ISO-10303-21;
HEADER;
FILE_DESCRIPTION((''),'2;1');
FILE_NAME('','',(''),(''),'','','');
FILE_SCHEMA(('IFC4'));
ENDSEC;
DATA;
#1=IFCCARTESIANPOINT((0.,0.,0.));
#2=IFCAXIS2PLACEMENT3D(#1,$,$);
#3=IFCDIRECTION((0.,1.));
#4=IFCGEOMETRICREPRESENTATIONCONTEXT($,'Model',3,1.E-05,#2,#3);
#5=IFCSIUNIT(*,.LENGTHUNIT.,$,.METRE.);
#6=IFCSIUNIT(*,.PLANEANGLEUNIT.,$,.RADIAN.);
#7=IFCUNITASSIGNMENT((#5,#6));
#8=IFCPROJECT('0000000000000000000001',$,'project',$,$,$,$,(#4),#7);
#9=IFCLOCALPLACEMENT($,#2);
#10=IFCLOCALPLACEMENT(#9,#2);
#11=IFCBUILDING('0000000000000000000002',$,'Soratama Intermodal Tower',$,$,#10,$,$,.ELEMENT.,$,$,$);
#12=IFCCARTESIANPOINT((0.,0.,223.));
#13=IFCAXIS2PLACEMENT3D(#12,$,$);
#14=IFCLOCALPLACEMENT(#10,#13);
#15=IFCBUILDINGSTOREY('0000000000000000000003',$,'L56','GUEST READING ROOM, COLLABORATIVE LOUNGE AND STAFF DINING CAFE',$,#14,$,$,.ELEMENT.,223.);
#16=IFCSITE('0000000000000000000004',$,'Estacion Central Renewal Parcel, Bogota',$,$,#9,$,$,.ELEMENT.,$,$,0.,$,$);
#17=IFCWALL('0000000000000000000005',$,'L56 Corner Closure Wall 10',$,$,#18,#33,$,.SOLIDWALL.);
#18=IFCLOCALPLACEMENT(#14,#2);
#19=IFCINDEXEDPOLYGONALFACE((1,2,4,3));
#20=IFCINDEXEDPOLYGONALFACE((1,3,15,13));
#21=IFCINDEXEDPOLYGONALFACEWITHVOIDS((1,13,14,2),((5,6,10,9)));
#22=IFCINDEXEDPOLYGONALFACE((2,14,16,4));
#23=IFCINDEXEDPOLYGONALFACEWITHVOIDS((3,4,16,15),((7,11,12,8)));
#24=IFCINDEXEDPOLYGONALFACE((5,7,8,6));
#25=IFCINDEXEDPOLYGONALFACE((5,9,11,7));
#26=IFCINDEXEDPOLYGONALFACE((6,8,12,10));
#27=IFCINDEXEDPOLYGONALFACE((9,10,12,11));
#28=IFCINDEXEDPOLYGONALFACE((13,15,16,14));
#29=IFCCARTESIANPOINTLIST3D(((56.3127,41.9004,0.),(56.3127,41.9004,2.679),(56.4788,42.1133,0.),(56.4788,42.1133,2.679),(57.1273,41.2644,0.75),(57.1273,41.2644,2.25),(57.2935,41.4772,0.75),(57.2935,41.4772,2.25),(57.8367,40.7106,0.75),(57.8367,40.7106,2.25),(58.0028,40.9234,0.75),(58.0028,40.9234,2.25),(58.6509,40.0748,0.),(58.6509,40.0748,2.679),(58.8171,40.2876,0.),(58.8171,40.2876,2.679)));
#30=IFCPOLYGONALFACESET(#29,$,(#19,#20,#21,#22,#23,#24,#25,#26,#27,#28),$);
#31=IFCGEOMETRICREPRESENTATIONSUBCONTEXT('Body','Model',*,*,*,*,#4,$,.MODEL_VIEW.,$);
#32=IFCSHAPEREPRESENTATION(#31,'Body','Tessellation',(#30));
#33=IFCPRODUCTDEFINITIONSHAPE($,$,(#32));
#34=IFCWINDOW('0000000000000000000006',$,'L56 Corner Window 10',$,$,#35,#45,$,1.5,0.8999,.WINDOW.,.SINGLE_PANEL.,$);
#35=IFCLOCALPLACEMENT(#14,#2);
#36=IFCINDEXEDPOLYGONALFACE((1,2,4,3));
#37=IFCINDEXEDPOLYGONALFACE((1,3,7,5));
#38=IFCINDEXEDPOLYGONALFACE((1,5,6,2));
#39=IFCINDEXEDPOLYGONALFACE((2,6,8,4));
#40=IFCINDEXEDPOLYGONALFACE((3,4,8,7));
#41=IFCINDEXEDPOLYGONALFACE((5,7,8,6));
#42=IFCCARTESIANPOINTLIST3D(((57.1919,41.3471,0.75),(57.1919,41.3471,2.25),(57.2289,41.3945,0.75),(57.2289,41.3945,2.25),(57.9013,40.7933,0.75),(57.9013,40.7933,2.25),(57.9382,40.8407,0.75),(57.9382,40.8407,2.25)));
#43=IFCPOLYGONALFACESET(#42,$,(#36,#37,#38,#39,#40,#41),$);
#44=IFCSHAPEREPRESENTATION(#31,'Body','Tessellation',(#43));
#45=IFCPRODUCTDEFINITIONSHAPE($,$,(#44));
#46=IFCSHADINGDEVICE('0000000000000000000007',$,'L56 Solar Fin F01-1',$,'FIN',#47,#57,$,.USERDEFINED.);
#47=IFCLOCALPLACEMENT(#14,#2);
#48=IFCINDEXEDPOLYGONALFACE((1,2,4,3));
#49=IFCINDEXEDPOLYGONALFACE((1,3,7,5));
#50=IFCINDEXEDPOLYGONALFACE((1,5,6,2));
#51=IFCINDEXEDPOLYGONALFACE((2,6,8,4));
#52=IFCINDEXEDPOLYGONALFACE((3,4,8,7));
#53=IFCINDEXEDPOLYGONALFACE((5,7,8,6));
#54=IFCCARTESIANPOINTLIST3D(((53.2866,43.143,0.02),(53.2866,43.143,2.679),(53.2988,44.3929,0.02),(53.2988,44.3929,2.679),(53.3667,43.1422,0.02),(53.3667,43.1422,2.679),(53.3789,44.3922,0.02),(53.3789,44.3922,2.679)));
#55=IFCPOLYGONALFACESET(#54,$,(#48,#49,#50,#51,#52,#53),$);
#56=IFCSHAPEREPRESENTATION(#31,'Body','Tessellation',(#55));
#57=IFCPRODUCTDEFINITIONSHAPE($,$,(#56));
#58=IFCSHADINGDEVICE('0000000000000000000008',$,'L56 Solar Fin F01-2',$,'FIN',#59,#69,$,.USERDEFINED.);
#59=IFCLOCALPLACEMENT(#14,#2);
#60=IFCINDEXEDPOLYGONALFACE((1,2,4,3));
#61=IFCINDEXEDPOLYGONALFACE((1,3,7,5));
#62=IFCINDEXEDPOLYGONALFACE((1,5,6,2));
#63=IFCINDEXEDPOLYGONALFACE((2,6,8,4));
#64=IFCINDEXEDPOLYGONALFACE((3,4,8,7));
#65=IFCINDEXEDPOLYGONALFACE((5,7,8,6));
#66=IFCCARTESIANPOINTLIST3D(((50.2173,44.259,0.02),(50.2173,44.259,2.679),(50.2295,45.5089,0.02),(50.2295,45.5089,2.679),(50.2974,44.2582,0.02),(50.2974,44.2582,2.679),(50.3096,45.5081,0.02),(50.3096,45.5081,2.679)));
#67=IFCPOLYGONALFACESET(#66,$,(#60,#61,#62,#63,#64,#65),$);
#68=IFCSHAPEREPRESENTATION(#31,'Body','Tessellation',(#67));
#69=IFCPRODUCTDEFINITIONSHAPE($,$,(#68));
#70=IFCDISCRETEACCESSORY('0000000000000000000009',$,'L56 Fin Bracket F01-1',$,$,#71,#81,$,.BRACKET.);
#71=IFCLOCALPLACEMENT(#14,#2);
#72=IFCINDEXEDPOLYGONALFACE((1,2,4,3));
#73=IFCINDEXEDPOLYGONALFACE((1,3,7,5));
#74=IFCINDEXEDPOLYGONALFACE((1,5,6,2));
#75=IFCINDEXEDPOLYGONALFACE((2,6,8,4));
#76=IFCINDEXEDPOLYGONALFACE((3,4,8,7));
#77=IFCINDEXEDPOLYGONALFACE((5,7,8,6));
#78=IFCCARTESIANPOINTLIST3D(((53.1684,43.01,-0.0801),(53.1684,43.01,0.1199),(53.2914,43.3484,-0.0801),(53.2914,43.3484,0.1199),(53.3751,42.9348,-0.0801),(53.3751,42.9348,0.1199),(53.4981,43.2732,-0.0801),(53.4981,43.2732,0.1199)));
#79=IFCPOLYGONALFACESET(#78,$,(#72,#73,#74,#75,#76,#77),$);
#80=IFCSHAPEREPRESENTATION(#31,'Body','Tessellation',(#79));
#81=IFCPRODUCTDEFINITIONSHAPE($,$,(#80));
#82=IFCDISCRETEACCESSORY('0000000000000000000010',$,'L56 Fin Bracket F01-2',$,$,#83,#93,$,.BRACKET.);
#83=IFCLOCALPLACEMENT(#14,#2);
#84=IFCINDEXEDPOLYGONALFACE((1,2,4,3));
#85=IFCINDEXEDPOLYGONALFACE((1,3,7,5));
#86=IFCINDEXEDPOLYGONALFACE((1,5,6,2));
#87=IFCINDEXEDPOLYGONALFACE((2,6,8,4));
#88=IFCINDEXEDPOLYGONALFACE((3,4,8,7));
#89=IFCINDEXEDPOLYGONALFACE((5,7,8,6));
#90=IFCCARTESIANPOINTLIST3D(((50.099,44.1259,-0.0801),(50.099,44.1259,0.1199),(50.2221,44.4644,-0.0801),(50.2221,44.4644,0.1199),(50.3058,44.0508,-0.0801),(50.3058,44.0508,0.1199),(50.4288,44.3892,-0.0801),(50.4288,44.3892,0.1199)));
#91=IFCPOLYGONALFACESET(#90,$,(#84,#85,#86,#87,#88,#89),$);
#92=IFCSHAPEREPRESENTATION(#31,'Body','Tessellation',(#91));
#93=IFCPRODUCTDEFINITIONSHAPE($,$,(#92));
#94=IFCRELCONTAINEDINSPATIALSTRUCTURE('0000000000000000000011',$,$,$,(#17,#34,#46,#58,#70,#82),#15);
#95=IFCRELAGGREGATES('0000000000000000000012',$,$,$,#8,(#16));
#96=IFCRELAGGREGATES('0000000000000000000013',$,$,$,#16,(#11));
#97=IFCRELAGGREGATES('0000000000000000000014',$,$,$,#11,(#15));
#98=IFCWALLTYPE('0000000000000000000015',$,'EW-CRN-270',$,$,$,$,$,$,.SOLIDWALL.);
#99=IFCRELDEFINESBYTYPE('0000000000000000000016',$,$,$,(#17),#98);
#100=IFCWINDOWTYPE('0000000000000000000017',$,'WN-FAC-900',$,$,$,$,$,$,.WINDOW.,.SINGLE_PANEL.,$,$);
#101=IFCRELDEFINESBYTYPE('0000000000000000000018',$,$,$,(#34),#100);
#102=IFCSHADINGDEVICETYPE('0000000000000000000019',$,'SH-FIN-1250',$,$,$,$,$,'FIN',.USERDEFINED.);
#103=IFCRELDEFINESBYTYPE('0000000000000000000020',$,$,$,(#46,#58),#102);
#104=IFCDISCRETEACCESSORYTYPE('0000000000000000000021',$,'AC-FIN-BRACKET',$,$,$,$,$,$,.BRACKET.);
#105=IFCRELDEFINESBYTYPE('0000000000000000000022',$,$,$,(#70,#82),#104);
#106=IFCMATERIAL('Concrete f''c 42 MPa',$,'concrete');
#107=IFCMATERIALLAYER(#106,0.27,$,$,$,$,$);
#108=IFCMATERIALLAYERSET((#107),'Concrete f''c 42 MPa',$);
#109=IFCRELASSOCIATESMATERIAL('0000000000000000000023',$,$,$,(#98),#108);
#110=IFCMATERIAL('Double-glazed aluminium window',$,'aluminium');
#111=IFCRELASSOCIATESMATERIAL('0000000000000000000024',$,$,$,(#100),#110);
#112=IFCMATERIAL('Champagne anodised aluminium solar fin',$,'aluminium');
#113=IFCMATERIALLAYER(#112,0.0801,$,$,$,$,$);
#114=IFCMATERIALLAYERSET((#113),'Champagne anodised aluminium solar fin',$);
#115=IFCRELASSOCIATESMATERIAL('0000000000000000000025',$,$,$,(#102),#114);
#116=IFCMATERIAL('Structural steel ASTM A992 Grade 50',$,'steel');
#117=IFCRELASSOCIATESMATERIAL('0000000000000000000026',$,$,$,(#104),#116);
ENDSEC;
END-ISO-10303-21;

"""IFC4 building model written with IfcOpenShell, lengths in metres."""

from ifc_helpers import new_model, si_unit, direction, frame, frame_2d, origin, origin_2d, place, context, subcontext, project, spatial, rectangle, extrude, material, layer, layer_set, type_object, element, fill, save


model = new_model("IFC4")

# Units and contexts
model_context = context("Model", 3, precision=1e-05, world=origin(), true_north=direction((0.0, 1.0)))
body_context = subcontext(model_context, "Body", "Model", "MODEL_VIEW")
ifc_project = project(units=[si_unit("LENGTHUNIT", "METRE"), si_unit("PLANEANGLEUNIT", "RADIAN")], contexts=[model_context])

# Site, building, storey
site_placement = place(None, origin())
site = spatial("IfcSite", under=ifc_project, at=site_placement, Name="Estacion Central Renewal Parcel, Bogota", CompositionType="ELEMENT", RefElevation=0.0)
building_placement = place(site_placement, origin())
building = spatial("IfcBuilding", under=site, at=building_placement, Name="Soratama Intermodal Tower", CompositionType="ELEMENT")
storey_placement = place(building_placement, frame((0.0, 0.0, 223.0)))
storey = spatial("IfcBuildingStorey", under=building, at=storey_placement, Name="L56", Description="GUEST READING ROOM, COLLABORATIVE LOUNGE AND STAFF DINING CAFE", CompositionType="ELEMENT", Elevation=223.0)

# Wall, opening, window
ifc_material_1 = material(Name="Concrete f'c 42 MPa", Category="concrete")
ifc_layer_1 = layer(ifc_material_1, 0.27)
ifc_layer_set_1 = layer_set([ifc_layer_1], Name="Concrete f'c 42 MPa")
wall_type = type_object("IfcWallType", Name="EW-CRN-270", PredefinedType="SOLIDWALL", material=ifc_layer_set_1)
wall_placement = place(storey_placement, frame((58.7341, 40.1812, 0.0), z_axis=(0.0, 0.0, 1.0), x_axis=(-0.788216, 0.615398, 0.0)))
wall = element("IfcWall", 1, at=wall_placement, inside=storey, type_object=wall_type, Name="L56 Corner Closure Wall 10", PredefinedType="SOLIDWALL", context=body_context, shape_type="SweptSolid", body=[
    extrude(rectangle(XDim=2.9666, YDim=0.27, at=frame_2d((1.4834, 0.0))), origin(), (0.0, 0.0, 1.0), 2.679),
])
opening_placement = place(wall_placement, frame((1.0332, 0.0, 0.75)))
opening = element("IfcOpeningElement", 2, at=opening_placement, cuts=wall, PredefinedType="OPENING", context=body_context, shape_type="SweptSolid", body=[
    extrude(rectangle(XDim=0.8999, YDim=1.5, at=frame_2d((0.45, 0.75))), frame((0.0, 0.145, 0.0), z_axis=(0.0, -1.0, 0.0), x_axis=(1.0, 0.0, 0.0)), (0.0, 0.0, 1.0), 0.29),
])
ifc_material_2 = material(Name="Double-glazed aluminium window", Category="aluminium")
window_type = type_object("IfcWindowType", Name="WN-FAC-900", PartitioningType="SINGLE_PANEL", PredefinedType="WINDOW", material=ifc_material_2)
window_placement = place(opening_placement, origin())
window = element("IfcWindow", 3, at=window_placement, inside=storey, type_object=window_type, Name="L56 Corner Window 10", OverallHeight=1.5, OverallWidth=0.8999, PartitioningType="SINGLE_PANEL", PredefinedType="WINDOW", context=body_context, shape_type="SweptSolid", body=[
    extrude(rectangle(XDim=0.8999, YDim=1.5, at=frame_2d((0.45, 0.75))), frame((0.0, 0.03, 0.0), z_axis=(0.0, -1.0, 0.0), x_axis=(1.0, 0.0, 0.0)), (0.0, 0.0, 1.0), 0.0601),
])
fill(opening, window)

# Shading devices
ifc_material_3 = material(Name="Champagne anodised aluminium solar fin", Category="aluminium")
ifc_layer_2 = layer(ifc_material_3, 0.0801)
ifc_layer_set_2 = layer_set([ifc_layer_2], Name="Champagne anodised aluminium solar fin")
shading_device_type = type_object("IfcShadingDeviceType", Name="SH-FIN-1250", ElementType="FIN", PredefinedType="USERDEFINED", material=ifc_layer_set_2)
for number, where, z_axis, x_axis, name in (
    (4, (53.3328, 43.7676, 0.02), (0.0, 0.0, 1.0), (0.009774, 0.999952, 0.0), "L56 Solar Fin F01-1"),
    (5, (50.2634, 44.8835, 0.02), (0.0, 0.0, 1.0), (0.009774, 0.999952, 0.0), "L56 Solar Fin F01-2"),
):
    element("IfcShadingDevice", number, at=place(storey_placement, frame(where, z_axis=z_axis, x_axis=x_axis)), inside=storey, type_object=shading_device_type, Name=name, ObjectType="FIN", PredefinedType="USERDEFINED", context=body_context, shape_type="SweptSolid", body=[
        extrude(rectangle(XDim=1.25, YDim=0.0801, at=origin_2d()), origin(), (0.0, 0.0, 1.0), 2.6589),
    ])

# Discrete accessories
ifc_material_4 = material(Name="Structural steel ASTM A992 Grade 50", Category="steel")
discrete_accessory_type = type_object("IfcDiscreteAccessoryType", Name="AC-FIN-BRACKET", PredefinedType="BRACKET", material=ifc_material_4)
for number, where, z_axis, x_axis, name in (
    (6, (53.3333, 43.1416, -0.0801), (0.0, 0.0, 1.0), (0.341692, 0.939812, 0.0), "L56 Fin Bracket F01-1"),
    (7, (50.2639, 44.2576, -0.0801), (0.0, 0.0, 1.0), (0.341692, 0.939812, 0.0), "L56 Fin Bracket F01-2"),
):
    element("IfcDiscreteAccessory", number, at=place(storey_placement, frame(where, z_axis=z_axis, x_axis=x_axis)), inside=storey, type_object=discrete_accessory_type, Name=name, PredefinedType="BRACKET", context=body_context, shape_type="SweptSolid", body=[
        extrude(rectangle(XDim=0.3601, YDim=0.22, at=origin_2d()), origin(), (0.0, 0.0, 1.0), 0.2),
    ])

save(model, "model.ifc")
